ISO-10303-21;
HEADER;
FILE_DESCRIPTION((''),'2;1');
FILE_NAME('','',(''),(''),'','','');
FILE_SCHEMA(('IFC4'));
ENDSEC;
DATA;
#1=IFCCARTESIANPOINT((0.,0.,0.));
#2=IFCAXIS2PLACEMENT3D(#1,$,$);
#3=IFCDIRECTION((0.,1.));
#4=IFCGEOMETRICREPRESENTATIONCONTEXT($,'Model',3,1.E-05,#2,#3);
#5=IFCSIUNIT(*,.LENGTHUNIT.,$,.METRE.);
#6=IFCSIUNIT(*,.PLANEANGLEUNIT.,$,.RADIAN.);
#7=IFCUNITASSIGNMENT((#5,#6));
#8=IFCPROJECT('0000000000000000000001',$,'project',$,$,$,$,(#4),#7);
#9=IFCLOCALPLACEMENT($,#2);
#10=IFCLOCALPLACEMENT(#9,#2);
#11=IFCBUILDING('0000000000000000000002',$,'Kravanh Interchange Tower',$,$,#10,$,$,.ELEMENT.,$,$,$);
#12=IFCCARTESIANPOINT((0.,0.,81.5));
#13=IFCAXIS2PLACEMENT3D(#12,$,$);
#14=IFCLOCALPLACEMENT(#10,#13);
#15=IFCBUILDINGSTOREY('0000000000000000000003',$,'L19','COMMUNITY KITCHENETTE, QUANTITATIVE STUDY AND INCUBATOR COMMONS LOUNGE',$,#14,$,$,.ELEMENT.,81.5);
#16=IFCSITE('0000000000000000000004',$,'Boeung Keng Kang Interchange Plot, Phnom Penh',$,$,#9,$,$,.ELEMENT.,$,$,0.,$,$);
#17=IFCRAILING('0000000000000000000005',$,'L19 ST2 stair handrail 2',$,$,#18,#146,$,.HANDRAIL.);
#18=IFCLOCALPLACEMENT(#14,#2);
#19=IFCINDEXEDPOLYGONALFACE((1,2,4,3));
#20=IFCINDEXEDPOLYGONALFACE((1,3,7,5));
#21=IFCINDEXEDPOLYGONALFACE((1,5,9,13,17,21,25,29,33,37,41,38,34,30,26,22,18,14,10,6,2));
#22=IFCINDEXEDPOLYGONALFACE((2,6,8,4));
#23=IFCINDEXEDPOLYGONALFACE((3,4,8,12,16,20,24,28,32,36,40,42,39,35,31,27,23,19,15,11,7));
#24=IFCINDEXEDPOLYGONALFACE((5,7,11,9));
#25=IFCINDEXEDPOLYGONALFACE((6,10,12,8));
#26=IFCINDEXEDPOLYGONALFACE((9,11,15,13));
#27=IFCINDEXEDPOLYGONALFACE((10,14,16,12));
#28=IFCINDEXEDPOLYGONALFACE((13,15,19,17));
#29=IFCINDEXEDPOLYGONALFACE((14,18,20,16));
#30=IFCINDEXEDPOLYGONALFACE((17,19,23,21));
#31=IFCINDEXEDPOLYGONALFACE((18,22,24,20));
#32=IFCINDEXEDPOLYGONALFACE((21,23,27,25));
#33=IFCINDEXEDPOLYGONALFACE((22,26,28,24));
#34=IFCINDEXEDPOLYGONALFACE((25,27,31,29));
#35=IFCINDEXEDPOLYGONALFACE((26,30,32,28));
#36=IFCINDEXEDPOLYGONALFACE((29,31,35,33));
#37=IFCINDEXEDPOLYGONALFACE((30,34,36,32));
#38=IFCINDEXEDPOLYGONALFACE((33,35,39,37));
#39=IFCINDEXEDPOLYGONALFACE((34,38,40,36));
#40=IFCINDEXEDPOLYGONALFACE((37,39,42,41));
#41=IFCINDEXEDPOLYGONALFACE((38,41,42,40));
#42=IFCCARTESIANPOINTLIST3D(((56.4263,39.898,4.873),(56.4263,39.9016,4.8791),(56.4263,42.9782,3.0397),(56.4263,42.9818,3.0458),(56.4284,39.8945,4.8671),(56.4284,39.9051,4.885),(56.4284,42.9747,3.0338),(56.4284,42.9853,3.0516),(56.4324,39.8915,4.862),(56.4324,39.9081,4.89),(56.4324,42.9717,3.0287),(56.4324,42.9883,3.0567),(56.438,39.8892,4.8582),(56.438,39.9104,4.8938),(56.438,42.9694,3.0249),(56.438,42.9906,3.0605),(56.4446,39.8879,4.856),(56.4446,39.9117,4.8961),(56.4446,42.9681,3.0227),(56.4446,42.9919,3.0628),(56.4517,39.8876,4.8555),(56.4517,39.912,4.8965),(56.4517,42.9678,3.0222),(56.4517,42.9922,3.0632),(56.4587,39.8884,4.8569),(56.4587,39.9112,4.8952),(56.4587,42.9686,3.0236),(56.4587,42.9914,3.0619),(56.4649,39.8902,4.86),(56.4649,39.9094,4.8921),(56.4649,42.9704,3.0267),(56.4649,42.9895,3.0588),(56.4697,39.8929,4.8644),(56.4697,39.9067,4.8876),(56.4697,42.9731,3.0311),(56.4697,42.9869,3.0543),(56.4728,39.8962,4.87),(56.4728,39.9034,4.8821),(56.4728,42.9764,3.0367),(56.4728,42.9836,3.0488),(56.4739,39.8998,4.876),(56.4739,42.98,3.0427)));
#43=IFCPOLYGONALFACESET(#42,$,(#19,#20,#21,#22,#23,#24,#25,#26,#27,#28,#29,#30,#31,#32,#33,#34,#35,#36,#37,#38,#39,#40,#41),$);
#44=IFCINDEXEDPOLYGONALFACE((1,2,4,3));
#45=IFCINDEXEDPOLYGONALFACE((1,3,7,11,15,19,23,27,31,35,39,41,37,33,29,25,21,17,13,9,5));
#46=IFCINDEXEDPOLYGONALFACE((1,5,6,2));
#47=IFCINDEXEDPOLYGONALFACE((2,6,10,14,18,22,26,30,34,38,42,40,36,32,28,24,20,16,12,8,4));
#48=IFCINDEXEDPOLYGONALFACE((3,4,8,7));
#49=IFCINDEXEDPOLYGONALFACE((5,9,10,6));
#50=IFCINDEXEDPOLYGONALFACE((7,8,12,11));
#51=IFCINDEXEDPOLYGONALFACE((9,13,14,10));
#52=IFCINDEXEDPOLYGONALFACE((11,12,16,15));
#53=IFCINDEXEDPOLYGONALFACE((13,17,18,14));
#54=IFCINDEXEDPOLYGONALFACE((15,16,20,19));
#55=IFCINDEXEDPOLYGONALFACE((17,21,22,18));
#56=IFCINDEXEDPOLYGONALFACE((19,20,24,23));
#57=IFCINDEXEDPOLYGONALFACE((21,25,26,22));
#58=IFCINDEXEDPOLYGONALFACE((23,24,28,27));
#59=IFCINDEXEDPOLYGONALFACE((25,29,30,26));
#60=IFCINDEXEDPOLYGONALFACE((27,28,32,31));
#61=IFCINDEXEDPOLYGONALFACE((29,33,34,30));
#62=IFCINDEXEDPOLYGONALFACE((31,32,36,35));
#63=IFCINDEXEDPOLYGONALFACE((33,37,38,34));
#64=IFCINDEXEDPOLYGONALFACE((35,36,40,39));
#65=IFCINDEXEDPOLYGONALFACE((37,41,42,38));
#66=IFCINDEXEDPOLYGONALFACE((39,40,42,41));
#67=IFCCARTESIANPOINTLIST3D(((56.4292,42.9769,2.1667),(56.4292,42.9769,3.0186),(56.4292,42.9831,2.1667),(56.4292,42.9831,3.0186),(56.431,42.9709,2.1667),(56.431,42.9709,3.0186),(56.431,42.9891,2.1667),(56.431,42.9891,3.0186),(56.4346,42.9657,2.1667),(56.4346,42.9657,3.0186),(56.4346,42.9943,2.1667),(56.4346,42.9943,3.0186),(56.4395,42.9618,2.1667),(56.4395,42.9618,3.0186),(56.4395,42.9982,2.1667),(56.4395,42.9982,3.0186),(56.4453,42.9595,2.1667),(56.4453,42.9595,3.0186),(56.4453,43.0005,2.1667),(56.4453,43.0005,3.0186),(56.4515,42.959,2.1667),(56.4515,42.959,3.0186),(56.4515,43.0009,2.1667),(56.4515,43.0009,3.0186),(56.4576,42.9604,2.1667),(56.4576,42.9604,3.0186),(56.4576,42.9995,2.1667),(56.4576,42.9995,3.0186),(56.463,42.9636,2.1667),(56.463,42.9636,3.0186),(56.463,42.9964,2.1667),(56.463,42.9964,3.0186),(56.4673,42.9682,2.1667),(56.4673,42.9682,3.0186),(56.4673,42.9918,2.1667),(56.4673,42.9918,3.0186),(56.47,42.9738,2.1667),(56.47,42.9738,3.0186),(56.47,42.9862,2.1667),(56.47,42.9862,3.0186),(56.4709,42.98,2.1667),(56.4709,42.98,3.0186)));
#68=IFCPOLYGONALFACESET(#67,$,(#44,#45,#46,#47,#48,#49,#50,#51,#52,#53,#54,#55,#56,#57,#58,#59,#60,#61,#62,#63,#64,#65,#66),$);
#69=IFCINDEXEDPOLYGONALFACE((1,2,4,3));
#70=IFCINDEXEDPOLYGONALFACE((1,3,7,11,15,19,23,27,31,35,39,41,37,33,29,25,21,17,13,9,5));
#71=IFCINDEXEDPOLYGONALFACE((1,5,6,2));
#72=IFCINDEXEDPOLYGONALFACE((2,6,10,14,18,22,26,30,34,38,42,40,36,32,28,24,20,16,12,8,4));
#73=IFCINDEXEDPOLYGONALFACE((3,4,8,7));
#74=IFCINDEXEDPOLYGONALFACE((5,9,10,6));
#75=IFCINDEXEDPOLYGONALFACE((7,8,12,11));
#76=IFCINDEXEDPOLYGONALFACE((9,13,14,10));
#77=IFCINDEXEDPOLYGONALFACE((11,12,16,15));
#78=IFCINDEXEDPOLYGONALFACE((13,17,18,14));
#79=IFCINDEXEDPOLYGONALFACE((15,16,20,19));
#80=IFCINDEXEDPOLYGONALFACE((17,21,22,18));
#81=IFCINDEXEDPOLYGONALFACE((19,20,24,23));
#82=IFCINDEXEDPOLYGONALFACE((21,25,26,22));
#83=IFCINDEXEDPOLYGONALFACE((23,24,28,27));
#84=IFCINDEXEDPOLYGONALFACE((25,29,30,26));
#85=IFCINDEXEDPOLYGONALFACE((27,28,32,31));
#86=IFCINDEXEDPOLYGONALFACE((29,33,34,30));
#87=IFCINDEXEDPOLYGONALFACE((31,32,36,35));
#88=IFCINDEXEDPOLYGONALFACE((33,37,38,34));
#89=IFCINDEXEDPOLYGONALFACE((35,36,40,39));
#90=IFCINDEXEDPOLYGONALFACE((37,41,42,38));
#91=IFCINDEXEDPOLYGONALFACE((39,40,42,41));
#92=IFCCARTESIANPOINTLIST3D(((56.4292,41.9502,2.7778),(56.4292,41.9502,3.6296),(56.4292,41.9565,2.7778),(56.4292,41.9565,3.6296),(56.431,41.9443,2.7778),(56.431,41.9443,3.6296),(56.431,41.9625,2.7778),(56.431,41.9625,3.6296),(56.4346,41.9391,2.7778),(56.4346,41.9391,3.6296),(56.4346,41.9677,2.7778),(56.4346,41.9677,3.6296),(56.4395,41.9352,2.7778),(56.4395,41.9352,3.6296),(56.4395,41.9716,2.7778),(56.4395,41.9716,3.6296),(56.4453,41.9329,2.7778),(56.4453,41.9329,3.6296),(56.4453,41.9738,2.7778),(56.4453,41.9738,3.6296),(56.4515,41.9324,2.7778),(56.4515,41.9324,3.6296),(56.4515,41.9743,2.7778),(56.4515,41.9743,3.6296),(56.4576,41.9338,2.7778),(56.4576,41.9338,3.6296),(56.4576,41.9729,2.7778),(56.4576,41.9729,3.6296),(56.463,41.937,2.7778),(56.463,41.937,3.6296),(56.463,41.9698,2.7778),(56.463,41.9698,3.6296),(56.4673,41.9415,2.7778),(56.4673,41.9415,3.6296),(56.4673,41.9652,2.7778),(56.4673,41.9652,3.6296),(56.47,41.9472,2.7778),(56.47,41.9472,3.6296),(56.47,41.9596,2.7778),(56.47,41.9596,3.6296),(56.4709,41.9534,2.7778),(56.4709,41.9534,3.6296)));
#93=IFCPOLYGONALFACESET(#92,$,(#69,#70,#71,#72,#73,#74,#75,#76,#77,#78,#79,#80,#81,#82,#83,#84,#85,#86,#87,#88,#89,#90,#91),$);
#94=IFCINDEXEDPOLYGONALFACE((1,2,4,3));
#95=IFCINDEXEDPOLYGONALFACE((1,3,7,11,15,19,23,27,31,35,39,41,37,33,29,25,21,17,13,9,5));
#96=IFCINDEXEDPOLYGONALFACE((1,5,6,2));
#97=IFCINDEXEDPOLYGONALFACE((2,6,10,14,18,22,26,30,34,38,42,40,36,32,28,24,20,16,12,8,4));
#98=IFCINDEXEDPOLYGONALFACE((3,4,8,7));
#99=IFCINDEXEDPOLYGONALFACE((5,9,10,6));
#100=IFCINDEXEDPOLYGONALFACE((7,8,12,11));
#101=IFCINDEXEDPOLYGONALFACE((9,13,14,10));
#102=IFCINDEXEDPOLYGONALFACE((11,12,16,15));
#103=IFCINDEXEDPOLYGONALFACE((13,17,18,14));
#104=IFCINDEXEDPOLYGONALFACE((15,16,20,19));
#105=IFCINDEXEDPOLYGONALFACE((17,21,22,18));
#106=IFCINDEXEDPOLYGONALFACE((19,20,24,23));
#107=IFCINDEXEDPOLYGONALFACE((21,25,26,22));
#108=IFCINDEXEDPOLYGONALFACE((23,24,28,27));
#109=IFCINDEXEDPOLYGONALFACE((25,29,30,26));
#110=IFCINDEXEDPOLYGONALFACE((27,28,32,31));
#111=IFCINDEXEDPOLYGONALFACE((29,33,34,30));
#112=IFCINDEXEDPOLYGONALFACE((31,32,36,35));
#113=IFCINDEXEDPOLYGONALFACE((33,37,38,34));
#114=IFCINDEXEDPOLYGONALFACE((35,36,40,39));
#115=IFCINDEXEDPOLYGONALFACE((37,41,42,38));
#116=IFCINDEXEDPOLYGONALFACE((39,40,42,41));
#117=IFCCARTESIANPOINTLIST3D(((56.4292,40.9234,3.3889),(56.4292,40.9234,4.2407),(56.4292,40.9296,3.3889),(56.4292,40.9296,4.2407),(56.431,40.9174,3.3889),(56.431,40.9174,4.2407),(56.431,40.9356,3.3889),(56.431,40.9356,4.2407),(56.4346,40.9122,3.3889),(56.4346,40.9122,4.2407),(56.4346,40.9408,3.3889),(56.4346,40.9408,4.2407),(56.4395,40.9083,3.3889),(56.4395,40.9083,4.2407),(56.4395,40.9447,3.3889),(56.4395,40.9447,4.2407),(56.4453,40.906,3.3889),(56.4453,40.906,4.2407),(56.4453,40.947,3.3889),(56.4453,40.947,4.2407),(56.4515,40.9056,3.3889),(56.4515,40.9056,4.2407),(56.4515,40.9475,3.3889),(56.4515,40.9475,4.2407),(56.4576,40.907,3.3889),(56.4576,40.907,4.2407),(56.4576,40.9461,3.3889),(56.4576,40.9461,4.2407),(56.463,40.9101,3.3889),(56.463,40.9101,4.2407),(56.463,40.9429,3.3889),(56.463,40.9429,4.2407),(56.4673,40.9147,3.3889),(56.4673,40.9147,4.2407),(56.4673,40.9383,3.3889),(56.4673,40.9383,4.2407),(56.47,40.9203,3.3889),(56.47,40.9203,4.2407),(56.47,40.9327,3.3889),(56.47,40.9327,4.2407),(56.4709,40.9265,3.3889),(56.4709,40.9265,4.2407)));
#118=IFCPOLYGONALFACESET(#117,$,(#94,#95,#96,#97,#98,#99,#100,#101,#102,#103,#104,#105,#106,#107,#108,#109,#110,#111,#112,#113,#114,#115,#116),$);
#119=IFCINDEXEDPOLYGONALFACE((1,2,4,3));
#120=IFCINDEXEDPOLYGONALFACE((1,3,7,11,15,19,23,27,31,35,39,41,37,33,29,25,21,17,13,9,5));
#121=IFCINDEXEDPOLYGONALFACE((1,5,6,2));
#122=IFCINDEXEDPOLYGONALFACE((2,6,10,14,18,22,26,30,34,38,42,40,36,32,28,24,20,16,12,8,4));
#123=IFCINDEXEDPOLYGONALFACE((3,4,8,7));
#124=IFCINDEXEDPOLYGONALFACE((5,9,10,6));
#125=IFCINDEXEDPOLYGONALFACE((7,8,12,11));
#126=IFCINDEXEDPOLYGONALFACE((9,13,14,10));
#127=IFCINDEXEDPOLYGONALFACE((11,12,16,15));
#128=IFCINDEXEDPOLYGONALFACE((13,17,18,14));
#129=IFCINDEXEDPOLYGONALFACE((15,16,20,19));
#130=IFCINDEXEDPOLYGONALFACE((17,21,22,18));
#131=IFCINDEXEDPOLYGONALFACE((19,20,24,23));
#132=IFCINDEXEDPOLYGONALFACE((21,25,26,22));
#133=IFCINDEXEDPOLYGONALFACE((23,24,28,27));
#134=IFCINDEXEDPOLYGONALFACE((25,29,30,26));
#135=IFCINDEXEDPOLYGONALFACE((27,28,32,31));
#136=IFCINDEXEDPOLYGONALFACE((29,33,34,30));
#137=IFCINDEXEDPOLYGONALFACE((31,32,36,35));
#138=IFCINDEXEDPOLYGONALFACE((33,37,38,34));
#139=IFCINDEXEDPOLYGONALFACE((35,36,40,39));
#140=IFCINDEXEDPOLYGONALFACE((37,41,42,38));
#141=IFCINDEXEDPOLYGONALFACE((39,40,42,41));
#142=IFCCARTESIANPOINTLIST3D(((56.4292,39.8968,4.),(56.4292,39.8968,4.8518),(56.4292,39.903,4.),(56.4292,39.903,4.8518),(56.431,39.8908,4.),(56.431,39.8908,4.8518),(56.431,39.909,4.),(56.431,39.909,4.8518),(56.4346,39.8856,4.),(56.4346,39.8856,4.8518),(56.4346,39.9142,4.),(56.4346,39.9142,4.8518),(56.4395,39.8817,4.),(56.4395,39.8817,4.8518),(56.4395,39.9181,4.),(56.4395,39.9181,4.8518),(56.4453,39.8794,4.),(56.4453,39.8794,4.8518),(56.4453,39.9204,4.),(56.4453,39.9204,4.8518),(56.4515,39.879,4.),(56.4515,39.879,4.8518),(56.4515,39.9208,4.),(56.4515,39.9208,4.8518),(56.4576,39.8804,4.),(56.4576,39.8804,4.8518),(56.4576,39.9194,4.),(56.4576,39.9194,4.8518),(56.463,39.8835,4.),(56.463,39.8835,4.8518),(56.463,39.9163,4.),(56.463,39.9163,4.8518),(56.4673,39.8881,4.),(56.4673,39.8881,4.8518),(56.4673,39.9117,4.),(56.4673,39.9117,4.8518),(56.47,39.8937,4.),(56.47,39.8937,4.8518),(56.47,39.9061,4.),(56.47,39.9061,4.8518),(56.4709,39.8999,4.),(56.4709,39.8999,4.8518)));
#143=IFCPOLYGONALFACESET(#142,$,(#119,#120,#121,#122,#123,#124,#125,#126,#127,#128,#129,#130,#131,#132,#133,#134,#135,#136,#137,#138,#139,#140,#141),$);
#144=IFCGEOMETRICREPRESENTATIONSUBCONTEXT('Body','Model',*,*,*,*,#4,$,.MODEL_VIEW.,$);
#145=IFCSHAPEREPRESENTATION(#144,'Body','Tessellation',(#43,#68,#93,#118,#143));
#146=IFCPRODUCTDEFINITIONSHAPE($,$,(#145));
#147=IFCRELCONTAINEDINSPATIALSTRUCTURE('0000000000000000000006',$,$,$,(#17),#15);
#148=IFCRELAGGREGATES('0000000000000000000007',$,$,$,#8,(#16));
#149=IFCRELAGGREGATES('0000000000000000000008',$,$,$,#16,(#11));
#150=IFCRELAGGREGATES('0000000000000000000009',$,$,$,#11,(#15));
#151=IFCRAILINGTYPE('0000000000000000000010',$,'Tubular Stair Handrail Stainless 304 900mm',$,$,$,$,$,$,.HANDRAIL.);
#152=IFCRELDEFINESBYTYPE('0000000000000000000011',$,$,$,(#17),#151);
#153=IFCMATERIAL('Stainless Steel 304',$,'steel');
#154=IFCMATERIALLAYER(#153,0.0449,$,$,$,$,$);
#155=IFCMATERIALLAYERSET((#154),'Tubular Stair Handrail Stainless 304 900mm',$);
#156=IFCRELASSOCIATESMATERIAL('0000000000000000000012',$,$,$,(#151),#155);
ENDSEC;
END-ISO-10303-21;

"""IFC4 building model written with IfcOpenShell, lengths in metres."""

from ifc_helpers import new_model, si_unit, direction, frame, origin, origin_2d, place, context, subcontext, project, spatial, circle, extrude, material, layer, layer_set, type_object, element, save


model = new_model("IFC4")

# Units and contexts
model_context = context("Model", 3, precision=1e-05, world=origin(), true_north=direction((0.0, 1.0)))
body_context = subcontext(model_context, "Body", "Model", "MODEL_VIEW")
ifc_project = project(units=[si_unit("LENGTHUNIT", "METRE"), si_unit("PLANEANGLEUNIT", "RADIAN")], contexts=[model_context])

# Site, building, storey
site_placement = place(None, origin())
site = spatial("IfcSite", under=ifc_project, at=site_placement, Name="Boeung Keng Kang Interchange Plot, Phnom Penh", CompositionType="ELEMENT", RefElevation=0.0)
building_placement = place(site_placement, origin())
building = spatial("IfcBuilding", under=site, at=building_placement, Name="Kravanh Interchange Tower", CompositionType="ELEMENT")
storey_placement = place(building_placement, frame((0.0, 0.0, 81.5)))
storey = spatial("IfcBuildingStorey", under=building, at=storey_placement, Name="L19", Description="COMMUNITY KITCHENETTE, QUANTITATIVE STUDY AND INCUBATOR COMMONS LOUNGE", CompositionType="ELEMENT", Elevation=81.5)

# Railing
ifc_material_1 = material(Name="Stainless Steel 304", Category="steel")
ifc_layer_1 = layer(ifc_material_1, 0.0449)
ifc_layer_set_1 = layer_set([ifc_layer_1], Name="Tubular Stair Handrail Stainless 304 900mm")
railing_type_1 = type_object("IfcRailingType", Name="Tubular Stair Handrail Stainless 304 900mm", PredefinedType="HANDRAIL", material=ifc_layer_set_1)
railing_1_placement = place(storey_placement, frame((56.45, 42.98, 2.1667)))
element("IfcRailing", 1, at=railing_1_placement, inside=storey, type_object=railing_type_1, Name="L19 ST2 stair handrail 2", PredefinedType="HANDRAIL", context=body_context, shape_type="SweptSolid", body=[
    extrude(circle(Radius=0.0239, at=origin_2d()), frame((0.0, 0.0, 0.876), z_axis=(0.0, -0.859309, 0.511458), x_axis=(1.0, 0.0, 0.0)), (0.0, 0.0, 1.0), 3.5845),
    extrude(circle(Radius=0.021, at=origin_2d()), origin(), (0.0, 0.0, 1.0), 0.8518),
    extrude(circle(Radius=0.021, at=origin_2d()), frame((0.0, -1.0266, 0.6111)), (0.0, 0.0, 1.0), 0.8518),
    extrude(circle(Radius=0.021, at=origin_2d()), frame((0.0, -2.0535, 1.2222)), (0.0, 0.0, 1.0), 0.8518),
    extrude(circle(Radius=0.021, at=origin_2d()), frame((0.0, -3.0801, 1.8333)), (0.0, 0.0, 1.0), 0.8518),
])

save(model, "model.ifc")
